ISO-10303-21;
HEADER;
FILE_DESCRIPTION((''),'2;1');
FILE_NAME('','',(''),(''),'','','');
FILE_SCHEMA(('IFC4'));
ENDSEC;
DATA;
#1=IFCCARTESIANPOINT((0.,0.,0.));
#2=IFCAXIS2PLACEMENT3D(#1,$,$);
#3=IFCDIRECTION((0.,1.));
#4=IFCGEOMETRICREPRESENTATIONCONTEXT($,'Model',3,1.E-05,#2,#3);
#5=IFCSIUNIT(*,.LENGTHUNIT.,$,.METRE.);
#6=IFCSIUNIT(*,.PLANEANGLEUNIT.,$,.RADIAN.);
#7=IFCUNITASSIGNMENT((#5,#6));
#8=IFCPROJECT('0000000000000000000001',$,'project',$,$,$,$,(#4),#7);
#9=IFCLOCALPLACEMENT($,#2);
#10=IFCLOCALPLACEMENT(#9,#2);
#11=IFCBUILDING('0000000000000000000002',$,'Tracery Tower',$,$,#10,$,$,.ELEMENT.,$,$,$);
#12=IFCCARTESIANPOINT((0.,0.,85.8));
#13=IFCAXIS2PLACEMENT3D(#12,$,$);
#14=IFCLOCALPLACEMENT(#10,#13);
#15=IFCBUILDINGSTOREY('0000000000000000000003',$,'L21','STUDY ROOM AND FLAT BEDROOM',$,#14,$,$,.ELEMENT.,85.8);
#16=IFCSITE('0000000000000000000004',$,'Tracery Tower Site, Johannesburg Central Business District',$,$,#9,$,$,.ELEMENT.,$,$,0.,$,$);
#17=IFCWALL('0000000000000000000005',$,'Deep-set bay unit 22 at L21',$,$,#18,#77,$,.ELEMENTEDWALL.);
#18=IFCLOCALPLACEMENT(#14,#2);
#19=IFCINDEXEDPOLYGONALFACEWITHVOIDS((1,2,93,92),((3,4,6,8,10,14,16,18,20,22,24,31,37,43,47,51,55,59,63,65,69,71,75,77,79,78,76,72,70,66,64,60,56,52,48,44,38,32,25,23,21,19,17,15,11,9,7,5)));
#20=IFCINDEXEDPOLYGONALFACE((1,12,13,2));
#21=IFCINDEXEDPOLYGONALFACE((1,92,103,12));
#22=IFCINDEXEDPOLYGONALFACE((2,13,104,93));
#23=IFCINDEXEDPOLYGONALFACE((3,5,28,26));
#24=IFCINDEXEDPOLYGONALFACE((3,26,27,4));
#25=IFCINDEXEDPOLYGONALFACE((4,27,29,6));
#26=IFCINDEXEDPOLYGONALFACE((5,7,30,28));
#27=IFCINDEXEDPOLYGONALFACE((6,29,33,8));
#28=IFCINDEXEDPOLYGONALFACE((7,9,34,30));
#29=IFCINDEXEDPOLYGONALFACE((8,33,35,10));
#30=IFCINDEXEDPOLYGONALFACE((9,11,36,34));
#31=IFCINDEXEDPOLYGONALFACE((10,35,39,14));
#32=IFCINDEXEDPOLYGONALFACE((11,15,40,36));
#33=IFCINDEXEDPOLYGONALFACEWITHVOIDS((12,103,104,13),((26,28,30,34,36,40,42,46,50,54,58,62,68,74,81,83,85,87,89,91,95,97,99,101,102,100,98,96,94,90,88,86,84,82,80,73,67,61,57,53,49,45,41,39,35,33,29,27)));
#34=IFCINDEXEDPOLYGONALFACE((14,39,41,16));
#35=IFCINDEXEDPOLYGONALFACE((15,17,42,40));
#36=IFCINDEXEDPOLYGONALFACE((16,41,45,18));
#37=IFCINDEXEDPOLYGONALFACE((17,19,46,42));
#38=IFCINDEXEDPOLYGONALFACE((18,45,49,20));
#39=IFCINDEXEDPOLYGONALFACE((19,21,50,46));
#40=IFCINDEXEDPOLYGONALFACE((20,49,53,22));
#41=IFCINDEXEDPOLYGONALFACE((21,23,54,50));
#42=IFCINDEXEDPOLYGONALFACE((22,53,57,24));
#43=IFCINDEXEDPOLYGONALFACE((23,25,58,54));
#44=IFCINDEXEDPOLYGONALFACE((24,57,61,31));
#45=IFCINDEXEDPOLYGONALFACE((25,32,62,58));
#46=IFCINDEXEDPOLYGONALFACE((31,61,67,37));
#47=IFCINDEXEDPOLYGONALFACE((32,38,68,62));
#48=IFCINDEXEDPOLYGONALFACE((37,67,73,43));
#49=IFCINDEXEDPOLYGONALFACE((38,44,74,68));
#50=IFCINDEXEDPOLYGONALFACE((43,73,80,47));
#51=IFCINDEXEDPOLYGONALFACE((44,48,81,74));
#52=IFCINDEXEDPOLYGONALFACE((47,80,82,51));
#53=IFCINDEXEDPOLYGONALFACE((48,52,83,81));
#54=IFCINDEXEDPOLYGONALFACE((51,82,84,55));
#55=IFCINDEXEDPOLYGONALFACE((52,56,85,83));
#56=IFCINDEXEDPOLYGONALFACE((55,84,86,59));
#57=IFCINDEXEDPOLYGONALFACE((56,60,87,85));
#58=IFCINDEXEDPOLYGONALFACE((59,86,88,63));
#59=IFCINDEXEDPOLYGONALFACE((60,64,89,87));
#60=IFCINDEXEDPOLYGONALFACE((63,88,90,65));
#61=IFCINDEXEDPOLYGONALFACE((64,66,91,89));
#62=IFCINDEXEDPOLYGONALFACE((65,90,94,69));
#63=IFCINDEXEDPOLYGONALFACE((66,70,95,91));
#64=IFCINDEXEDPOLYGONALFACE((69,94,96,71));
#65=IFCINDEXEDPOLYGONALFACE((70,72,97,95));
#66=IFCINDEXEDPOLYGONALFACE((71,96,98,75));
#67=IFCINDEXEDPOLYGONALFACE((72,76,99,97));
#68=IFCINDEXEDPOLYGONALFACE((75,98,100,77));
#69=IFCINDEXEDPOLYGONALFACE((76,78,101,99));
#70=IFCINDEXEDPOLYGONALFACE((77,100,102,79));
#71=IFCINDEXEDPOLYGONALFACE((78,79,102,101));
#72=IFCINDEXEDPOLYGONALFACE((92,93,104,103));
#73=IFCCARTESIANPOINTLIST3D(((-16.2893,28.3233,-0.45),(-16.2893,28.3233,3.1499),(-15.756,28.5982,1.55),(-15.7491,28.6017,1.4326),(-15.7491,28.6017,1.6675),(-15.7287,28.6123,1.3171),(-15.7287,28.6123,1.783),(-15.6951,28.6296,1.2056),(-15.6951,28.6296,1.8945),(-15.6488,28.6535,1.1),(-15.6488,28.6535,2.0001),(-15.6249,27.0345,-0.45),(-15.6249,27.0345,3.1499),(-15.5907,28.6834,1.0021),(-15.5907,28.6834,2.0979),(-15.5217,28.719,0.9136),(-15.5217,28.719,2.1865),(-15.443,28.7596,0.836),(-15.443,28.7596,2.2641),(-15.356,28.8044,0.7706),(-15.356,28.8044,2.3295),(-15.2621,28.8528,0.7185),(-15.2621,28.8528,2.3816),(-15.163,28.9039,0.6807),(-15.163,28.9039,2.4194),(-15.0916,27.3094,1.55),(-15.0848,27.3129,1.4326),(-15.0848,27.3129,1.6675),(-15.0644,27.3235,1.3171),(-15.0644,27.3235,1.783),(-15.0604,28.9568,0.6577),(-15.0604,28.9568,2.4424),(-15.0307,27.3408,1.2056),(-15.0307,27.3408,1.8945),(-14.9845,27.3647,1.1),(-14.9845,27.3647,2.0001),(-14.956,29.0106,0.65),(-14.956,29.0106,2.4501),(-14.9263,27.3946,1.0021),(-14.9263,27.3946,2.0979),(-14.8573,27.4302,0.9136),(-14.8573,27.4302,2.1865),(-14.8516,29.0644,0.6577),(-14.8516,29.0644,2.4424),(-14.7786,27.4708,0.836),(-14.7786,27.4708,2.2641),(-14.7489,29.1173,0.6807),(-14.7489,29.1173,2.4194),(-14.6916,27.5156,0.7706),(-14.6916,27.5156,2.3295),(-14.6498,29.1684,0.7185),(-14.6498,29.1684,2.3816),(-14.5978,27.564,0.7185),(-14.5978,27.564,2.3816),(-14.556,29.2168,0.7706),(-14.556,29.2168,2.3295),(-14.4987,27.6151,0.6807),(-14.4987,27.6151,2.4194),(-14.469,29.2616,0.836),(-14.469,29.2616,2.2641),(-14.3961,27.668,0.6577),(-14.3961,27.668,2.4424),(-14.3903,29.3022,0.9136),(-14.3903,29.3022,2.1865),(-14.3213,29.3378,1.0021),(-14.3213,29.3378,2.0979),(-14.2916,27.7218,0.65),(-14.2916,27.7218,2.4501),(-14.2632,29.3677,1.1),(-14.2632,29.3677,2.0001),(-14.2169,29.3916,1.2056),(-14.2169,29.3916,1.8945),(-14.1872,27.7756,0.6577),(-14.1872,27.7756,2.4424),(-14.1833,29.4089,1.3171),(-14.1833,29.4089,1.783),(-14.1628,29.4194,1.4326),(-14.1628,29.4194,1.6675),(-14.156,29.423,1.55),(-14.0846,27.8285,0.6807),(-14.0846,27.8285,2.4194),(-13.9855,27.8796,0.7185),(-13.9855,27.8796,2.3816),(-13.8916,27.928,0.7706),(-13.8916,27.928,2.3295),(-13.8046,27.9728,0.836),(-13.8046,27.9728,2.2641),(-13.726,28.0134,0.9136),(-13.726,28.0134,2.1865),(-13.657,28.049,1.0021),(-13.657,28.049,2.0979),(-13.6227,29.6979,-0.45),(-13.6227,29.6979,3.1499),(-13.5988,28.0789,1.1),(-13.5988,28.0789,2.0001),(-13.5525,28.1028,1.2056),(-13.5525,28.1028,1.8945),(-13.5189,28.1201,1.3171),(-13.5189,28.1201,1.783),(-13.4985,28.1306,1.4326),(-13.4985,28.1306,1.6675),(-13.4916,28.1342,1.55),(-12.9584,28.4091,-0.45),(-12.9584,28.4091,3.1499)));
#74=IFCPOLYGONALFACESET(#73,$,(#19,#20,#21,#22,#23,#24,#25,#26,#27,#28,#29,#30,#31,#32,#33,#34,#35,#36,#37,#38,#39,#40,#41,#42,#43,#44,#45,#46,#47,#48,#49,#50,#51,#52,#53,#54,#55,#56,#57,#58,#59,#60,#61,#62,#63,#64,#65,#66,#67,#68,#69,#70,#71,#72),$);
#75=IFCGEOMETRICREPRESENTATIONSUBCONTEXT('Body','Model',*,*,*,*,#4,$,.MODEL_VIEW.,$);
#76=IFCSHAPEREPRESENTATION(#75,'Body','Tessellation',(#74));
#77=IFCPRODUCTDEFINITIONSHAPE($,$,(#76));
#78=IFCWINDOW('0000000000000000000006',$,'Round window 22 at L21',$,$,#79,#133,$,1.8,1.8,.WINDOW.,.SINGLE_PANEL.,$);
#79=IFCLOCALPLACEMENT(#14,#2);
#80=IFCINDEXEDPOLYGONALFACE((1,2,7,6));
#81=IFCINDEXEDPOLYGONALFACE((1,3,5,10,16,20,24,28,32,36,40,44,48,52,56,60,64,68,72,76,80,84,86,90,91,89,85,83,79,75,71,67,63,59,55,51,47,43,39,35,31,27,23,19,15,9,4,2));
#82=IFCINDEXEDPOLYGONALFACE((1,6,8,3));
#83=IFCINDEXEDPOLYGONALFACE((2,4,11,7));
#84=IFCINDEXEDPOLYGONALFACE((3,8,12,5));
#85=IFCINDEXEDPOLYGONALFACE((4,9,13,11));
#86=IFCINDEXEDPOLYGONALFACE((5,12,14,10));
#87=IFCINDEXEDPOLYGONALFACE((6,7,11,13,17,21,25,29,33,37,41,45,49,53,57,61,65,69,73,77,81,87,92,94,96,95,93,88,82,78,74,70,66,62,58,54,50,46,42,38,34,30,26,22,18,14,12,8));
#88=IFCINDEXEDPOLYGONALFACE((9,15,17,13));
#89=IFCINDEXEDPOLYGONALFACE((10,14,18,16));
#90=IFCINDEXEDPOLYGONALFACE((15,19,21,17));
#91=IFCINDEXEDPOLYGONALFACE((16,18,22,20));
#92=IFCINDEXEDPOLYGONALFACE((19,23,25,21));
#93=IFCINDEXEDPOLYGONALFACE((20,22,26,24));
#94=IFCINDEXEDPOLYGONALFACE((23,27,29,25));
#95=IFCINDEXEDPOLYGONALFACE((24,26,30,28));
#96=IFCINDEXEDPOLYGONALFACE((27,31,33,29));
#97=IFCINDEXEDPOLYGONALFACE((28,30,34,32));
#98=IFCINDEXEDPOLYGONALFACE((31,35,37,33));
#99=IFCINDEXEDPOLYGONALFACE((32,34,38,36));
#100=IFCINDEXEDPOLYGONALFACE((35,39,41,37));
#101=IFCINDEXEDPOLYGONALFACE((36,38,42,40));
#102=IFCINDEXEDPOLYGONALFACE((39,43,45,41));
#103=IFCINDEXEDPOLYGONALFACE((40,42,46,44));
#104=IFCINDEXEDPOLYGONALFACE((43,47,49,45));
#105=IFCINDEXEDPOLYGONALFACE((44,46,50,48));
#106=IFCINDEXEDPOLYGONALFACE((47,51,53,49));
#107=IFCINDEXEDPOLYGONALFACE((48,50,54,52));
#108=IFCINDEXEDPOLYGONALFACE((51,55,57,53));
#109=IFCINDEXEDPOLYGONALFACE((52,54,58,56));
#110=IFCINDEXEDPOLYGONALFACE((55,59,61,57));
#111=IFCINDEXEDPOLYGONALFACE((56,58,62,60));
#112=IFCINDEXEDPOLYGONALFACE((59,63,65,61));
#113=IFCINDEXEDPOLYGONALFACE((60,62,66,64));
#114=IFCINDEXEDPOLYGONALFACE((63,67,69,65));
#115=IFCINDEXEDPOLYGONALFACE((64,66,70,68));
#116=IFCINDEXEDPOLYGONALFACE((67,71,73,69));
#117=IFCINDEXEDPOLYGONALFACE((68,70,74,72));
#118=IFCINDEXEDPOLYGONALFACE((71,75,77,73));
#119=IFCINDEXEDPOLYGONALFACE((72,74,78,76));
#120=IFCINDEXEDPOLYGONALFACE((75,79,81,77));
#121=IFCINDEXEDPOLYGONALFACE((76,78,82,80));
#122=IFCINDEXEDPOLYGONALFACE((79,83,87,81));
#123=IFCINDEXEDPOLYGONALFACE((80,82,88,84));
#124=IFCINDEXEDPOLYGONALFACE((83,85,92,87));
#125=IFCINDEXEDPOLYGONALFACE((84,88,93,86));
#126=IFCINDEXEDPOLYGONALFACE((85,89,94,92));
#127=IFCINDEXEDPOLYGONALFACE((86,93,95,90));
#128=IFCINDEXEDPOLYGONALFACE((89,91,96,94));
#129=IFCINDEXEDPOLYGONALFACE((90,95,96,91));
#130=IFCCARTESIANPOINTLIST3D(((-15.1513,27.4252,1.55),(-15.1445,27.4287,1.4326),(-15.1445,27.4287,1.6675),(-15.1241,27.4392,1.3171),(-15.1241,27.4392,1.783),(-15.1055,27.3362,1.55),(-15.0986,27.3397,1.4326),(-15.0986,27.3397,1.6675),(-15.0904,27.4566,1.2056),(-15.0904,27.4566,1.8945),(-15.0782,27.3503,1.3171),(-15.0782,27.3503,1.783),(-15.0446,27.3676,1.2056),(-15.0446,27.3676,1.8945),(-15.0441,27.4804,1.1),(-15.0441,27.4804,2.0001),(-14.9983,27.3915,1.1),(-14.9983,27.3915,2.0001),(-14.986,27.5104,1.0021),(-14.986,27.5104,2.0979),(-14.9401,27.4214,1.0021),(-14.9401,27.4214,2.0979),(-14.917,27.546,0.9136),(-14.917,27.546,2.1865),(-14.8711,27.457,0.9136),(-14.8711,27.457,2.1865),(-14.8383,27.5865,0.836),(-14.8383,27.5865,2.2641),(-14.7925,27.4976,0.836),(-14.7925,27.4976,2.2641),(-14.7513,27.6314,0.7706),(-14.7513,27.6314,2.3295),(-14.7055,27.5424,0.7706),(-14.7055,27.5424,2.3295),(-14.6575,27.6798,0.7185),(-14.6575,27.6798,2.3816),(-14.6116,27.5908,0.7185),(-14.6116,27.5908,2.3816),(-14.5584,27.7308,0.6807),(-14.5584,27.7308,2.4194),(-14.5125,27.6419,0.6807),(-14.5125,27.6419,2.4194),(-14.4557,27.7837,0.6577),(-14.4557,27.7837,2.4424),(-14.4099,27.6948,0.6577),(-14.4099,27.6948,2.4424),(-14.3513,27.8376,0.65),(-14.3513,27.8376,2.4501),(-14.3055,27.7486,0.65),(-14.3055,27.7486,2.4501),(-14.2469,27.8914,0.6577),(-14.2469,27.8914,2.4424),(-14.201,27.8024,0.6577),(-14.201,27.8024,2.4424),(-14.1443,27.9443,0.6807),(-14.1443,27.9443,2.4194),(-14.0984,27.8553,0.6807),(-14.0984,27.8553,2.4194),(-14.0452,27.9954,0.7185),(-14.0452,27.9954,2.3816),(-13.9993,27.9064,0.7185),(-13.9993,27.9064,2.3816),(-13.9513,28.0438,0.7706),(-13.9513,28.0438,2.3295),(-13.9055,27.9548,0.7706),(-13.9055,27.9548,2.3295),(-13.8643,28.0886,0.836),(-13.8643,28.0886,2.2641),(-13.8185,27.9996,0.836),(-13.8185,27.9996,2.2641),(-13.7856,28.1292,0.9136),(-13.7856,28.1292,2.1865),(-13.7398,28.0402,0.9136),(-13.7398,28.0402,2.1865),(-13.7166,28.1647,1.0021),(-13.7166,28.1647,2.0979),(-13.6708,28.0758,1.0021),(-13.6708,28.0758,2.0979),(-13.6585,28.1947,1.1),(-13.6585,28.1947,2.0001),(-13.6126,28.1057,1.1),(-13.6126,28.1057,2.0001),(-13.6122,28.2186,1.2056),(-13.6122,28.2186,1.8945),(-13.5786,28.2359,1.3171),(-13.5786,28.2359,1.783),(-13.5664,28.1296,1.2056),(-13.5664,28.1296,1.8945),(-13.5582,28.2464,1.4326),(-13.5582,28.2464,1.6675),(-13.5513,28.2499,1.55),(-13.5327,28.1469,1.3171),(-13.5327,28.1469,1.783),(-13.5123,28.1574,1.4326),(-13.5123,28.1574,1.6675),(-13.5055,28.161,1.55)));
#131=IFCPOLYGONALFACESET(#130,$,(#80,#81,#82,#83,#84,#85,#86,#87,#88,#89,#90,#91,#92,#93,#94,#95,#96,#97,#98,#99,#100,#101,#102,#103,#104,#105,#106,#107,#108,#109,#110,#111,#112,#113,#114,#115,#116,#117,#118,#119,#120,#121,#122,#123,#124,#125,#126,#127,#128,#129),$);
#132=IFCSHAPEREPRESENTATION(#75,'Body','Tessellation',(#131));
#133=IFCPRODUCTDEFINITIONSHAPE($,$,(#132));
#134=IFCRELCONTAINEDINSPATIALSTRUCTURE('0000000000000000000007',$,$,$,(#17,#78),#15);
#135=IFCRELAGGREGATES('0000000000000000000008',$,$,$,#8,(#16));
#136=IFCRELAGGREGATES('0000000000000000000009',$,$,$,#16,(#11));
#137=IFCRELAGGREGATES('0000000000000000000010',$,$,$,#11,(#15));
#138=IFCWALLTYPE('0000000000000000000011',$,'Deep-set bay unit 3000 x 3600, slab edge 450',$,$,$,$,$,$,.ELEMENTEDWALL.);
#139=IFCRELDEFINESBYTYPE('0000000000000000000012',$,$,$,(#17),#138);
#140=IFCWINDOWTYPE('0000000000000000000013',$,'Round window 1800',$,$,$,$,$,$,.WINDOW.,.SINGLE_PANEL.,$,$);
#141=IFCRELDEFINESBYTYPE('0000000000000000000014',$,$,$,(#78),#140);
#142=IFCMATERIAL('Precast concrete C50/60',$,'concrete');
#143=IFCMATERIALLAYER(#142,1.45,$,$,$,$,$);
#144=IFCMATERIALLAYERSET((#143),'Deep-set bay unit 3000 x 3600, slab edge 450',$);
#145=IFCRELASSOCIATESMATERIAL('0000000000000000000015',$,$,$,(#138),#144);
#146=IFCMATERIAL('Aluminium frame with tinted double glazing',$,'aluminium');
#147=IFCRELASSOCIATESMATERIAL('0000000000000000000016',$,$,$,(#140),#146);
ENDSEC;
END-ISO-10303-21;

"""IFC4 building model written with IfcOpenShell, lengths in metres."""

from ifc_helpers import new_model, si_unit, direction, frame, frame_2d, origin, origin_2d, place, context, subcontext, project, spatial, rectangle, circle, extrude, material, layer, layer_set, type_object, element, fill, save


model = new_model("IFC4")

# Units and contexts
model_context = context("Model", 3, precision=1e-05, world=origin(), true_north=direction((0.0, 1.0)))
body_context = subcontext(model_context, "Body", "Model", "MODEL_VIEW")
ifc_project = project(units=[si_unit("LENGTHUNIT", "METRE"), si_unit("PLANEANGLEUNIT", "RADIAN")], contexts=[model_context])

# Site, building, storey
site_placement = place(None, origin())
site = spatial("IfcSite", under=ifc_project, at=site_placement, Name="Tracery Tower Site, Johannesburg Central Business District", CompositionType="ELEMENT", RefElevation=0.0)
building_placement = place(site_placement, origin())
building = spatial("IfcBuilding", under=site, at=building_placement, Name="Tracery Tower", CompositionType="ELEMENT")
storey_placement = place(building_placement, frame((0.0, 0.0, 85.8)))
storey = spatial("IfcBuildingStorey", under=building, at=storey_placement, Name="L21", Description="STUDY ROOM AND FLAT BEDROOM", CompositionType="ELEMENT", Elevation=85.8)

# Wall, opening, window
ifc_material_1 = material(Name="Precast concrete C50/60", Category="concrete")
ifc_layer_1 = layer(ifc_material_1, 1.45)
ifc_layer_set_1 = layer_set([ifc_layer_1], Name="Deep-set bay unit 3000 x 3600, slab edge 450")
wall_type_1 = type_object("IfcWallType", Name="Deep-set bay unit 3000 x 3600, slab edge 450", PredefinedType="ELEMENTEDWALL", material=ifc_layer_set_1)
ifc_material_2 = material(Name="Aluminium frame with tinted double glazing", Category="aluminium")
window_type = type_object("IfcWindowType", Name="Round window 1800", PartitioningType="SINGLE_PANEL", PredefinedType="WINDOW", material=ifc_material_2)
wall_1_placement = place(storey_placement, frame((-13.2905, 29.0535, -0.45), z_axis=(0.0, 0.0, 1.0), x_axis=(-0.888858, -0.458183, 0.0)))
wall_1 = element("IfcWall", 1, at=wall_1_placement, inside=storey, type_object=wall_type_1, Name="Deep-set bay unit 22 at L21", PredefinedType="ELEMENTEDWALL", context=body_context, shape_type="SweptSolid", body=[
    extrude(rectangle(XDim=3.0, YDim=1.45, at=frame_2d((1.5, 0.0))), origin(), (0.0, 0.0, 1.0), 3.5999),
])
opening_1_placement = place(wall_1_placement, frame((1.5, 0.0, 2.0)))
opening_1 = element("IfcOpeningElement", 2, at=opening_1_placement, cuts=wall_1, PredefinedType="OPENING", context=body_context, shape_type="SweptSolid", body=[
    extrude(circle(Radius=0.9, at=origin_2d()), frame((0.0, 0.7349, 0.0), z_axis=(0.0, -1.0, 0.0), x_axis=(1.0, 0.0, 0.0)), (0.0, 0.0, 1.0), 1.47),
])
window_1_placement = place(opening_1_placement, origin())
window_1 = element("IfcWindow", 3, at=window_1_placement, inside=storey, type_object=window_type, Name="Round window 22 at L21", OverallHeight=1.8, OverallWidth=1.8, PartitioningType="SINGLE_PANEL", PredefinedType="WINDOW", context=body_context, shape_type="SweptSolid", body=[
    extrude(circle(Radius=0.9, at=origin_2d()), frame((0.0, 0.6948, 0.0), z_axis=(0.0, -1.0, 0.0), x_axis=(1.0, 0.0, 0.0)), (0.0, 0.0, 1.0), 0.1001),
])
fill(opening_1, window_1)

save(model, "model.ifc")
